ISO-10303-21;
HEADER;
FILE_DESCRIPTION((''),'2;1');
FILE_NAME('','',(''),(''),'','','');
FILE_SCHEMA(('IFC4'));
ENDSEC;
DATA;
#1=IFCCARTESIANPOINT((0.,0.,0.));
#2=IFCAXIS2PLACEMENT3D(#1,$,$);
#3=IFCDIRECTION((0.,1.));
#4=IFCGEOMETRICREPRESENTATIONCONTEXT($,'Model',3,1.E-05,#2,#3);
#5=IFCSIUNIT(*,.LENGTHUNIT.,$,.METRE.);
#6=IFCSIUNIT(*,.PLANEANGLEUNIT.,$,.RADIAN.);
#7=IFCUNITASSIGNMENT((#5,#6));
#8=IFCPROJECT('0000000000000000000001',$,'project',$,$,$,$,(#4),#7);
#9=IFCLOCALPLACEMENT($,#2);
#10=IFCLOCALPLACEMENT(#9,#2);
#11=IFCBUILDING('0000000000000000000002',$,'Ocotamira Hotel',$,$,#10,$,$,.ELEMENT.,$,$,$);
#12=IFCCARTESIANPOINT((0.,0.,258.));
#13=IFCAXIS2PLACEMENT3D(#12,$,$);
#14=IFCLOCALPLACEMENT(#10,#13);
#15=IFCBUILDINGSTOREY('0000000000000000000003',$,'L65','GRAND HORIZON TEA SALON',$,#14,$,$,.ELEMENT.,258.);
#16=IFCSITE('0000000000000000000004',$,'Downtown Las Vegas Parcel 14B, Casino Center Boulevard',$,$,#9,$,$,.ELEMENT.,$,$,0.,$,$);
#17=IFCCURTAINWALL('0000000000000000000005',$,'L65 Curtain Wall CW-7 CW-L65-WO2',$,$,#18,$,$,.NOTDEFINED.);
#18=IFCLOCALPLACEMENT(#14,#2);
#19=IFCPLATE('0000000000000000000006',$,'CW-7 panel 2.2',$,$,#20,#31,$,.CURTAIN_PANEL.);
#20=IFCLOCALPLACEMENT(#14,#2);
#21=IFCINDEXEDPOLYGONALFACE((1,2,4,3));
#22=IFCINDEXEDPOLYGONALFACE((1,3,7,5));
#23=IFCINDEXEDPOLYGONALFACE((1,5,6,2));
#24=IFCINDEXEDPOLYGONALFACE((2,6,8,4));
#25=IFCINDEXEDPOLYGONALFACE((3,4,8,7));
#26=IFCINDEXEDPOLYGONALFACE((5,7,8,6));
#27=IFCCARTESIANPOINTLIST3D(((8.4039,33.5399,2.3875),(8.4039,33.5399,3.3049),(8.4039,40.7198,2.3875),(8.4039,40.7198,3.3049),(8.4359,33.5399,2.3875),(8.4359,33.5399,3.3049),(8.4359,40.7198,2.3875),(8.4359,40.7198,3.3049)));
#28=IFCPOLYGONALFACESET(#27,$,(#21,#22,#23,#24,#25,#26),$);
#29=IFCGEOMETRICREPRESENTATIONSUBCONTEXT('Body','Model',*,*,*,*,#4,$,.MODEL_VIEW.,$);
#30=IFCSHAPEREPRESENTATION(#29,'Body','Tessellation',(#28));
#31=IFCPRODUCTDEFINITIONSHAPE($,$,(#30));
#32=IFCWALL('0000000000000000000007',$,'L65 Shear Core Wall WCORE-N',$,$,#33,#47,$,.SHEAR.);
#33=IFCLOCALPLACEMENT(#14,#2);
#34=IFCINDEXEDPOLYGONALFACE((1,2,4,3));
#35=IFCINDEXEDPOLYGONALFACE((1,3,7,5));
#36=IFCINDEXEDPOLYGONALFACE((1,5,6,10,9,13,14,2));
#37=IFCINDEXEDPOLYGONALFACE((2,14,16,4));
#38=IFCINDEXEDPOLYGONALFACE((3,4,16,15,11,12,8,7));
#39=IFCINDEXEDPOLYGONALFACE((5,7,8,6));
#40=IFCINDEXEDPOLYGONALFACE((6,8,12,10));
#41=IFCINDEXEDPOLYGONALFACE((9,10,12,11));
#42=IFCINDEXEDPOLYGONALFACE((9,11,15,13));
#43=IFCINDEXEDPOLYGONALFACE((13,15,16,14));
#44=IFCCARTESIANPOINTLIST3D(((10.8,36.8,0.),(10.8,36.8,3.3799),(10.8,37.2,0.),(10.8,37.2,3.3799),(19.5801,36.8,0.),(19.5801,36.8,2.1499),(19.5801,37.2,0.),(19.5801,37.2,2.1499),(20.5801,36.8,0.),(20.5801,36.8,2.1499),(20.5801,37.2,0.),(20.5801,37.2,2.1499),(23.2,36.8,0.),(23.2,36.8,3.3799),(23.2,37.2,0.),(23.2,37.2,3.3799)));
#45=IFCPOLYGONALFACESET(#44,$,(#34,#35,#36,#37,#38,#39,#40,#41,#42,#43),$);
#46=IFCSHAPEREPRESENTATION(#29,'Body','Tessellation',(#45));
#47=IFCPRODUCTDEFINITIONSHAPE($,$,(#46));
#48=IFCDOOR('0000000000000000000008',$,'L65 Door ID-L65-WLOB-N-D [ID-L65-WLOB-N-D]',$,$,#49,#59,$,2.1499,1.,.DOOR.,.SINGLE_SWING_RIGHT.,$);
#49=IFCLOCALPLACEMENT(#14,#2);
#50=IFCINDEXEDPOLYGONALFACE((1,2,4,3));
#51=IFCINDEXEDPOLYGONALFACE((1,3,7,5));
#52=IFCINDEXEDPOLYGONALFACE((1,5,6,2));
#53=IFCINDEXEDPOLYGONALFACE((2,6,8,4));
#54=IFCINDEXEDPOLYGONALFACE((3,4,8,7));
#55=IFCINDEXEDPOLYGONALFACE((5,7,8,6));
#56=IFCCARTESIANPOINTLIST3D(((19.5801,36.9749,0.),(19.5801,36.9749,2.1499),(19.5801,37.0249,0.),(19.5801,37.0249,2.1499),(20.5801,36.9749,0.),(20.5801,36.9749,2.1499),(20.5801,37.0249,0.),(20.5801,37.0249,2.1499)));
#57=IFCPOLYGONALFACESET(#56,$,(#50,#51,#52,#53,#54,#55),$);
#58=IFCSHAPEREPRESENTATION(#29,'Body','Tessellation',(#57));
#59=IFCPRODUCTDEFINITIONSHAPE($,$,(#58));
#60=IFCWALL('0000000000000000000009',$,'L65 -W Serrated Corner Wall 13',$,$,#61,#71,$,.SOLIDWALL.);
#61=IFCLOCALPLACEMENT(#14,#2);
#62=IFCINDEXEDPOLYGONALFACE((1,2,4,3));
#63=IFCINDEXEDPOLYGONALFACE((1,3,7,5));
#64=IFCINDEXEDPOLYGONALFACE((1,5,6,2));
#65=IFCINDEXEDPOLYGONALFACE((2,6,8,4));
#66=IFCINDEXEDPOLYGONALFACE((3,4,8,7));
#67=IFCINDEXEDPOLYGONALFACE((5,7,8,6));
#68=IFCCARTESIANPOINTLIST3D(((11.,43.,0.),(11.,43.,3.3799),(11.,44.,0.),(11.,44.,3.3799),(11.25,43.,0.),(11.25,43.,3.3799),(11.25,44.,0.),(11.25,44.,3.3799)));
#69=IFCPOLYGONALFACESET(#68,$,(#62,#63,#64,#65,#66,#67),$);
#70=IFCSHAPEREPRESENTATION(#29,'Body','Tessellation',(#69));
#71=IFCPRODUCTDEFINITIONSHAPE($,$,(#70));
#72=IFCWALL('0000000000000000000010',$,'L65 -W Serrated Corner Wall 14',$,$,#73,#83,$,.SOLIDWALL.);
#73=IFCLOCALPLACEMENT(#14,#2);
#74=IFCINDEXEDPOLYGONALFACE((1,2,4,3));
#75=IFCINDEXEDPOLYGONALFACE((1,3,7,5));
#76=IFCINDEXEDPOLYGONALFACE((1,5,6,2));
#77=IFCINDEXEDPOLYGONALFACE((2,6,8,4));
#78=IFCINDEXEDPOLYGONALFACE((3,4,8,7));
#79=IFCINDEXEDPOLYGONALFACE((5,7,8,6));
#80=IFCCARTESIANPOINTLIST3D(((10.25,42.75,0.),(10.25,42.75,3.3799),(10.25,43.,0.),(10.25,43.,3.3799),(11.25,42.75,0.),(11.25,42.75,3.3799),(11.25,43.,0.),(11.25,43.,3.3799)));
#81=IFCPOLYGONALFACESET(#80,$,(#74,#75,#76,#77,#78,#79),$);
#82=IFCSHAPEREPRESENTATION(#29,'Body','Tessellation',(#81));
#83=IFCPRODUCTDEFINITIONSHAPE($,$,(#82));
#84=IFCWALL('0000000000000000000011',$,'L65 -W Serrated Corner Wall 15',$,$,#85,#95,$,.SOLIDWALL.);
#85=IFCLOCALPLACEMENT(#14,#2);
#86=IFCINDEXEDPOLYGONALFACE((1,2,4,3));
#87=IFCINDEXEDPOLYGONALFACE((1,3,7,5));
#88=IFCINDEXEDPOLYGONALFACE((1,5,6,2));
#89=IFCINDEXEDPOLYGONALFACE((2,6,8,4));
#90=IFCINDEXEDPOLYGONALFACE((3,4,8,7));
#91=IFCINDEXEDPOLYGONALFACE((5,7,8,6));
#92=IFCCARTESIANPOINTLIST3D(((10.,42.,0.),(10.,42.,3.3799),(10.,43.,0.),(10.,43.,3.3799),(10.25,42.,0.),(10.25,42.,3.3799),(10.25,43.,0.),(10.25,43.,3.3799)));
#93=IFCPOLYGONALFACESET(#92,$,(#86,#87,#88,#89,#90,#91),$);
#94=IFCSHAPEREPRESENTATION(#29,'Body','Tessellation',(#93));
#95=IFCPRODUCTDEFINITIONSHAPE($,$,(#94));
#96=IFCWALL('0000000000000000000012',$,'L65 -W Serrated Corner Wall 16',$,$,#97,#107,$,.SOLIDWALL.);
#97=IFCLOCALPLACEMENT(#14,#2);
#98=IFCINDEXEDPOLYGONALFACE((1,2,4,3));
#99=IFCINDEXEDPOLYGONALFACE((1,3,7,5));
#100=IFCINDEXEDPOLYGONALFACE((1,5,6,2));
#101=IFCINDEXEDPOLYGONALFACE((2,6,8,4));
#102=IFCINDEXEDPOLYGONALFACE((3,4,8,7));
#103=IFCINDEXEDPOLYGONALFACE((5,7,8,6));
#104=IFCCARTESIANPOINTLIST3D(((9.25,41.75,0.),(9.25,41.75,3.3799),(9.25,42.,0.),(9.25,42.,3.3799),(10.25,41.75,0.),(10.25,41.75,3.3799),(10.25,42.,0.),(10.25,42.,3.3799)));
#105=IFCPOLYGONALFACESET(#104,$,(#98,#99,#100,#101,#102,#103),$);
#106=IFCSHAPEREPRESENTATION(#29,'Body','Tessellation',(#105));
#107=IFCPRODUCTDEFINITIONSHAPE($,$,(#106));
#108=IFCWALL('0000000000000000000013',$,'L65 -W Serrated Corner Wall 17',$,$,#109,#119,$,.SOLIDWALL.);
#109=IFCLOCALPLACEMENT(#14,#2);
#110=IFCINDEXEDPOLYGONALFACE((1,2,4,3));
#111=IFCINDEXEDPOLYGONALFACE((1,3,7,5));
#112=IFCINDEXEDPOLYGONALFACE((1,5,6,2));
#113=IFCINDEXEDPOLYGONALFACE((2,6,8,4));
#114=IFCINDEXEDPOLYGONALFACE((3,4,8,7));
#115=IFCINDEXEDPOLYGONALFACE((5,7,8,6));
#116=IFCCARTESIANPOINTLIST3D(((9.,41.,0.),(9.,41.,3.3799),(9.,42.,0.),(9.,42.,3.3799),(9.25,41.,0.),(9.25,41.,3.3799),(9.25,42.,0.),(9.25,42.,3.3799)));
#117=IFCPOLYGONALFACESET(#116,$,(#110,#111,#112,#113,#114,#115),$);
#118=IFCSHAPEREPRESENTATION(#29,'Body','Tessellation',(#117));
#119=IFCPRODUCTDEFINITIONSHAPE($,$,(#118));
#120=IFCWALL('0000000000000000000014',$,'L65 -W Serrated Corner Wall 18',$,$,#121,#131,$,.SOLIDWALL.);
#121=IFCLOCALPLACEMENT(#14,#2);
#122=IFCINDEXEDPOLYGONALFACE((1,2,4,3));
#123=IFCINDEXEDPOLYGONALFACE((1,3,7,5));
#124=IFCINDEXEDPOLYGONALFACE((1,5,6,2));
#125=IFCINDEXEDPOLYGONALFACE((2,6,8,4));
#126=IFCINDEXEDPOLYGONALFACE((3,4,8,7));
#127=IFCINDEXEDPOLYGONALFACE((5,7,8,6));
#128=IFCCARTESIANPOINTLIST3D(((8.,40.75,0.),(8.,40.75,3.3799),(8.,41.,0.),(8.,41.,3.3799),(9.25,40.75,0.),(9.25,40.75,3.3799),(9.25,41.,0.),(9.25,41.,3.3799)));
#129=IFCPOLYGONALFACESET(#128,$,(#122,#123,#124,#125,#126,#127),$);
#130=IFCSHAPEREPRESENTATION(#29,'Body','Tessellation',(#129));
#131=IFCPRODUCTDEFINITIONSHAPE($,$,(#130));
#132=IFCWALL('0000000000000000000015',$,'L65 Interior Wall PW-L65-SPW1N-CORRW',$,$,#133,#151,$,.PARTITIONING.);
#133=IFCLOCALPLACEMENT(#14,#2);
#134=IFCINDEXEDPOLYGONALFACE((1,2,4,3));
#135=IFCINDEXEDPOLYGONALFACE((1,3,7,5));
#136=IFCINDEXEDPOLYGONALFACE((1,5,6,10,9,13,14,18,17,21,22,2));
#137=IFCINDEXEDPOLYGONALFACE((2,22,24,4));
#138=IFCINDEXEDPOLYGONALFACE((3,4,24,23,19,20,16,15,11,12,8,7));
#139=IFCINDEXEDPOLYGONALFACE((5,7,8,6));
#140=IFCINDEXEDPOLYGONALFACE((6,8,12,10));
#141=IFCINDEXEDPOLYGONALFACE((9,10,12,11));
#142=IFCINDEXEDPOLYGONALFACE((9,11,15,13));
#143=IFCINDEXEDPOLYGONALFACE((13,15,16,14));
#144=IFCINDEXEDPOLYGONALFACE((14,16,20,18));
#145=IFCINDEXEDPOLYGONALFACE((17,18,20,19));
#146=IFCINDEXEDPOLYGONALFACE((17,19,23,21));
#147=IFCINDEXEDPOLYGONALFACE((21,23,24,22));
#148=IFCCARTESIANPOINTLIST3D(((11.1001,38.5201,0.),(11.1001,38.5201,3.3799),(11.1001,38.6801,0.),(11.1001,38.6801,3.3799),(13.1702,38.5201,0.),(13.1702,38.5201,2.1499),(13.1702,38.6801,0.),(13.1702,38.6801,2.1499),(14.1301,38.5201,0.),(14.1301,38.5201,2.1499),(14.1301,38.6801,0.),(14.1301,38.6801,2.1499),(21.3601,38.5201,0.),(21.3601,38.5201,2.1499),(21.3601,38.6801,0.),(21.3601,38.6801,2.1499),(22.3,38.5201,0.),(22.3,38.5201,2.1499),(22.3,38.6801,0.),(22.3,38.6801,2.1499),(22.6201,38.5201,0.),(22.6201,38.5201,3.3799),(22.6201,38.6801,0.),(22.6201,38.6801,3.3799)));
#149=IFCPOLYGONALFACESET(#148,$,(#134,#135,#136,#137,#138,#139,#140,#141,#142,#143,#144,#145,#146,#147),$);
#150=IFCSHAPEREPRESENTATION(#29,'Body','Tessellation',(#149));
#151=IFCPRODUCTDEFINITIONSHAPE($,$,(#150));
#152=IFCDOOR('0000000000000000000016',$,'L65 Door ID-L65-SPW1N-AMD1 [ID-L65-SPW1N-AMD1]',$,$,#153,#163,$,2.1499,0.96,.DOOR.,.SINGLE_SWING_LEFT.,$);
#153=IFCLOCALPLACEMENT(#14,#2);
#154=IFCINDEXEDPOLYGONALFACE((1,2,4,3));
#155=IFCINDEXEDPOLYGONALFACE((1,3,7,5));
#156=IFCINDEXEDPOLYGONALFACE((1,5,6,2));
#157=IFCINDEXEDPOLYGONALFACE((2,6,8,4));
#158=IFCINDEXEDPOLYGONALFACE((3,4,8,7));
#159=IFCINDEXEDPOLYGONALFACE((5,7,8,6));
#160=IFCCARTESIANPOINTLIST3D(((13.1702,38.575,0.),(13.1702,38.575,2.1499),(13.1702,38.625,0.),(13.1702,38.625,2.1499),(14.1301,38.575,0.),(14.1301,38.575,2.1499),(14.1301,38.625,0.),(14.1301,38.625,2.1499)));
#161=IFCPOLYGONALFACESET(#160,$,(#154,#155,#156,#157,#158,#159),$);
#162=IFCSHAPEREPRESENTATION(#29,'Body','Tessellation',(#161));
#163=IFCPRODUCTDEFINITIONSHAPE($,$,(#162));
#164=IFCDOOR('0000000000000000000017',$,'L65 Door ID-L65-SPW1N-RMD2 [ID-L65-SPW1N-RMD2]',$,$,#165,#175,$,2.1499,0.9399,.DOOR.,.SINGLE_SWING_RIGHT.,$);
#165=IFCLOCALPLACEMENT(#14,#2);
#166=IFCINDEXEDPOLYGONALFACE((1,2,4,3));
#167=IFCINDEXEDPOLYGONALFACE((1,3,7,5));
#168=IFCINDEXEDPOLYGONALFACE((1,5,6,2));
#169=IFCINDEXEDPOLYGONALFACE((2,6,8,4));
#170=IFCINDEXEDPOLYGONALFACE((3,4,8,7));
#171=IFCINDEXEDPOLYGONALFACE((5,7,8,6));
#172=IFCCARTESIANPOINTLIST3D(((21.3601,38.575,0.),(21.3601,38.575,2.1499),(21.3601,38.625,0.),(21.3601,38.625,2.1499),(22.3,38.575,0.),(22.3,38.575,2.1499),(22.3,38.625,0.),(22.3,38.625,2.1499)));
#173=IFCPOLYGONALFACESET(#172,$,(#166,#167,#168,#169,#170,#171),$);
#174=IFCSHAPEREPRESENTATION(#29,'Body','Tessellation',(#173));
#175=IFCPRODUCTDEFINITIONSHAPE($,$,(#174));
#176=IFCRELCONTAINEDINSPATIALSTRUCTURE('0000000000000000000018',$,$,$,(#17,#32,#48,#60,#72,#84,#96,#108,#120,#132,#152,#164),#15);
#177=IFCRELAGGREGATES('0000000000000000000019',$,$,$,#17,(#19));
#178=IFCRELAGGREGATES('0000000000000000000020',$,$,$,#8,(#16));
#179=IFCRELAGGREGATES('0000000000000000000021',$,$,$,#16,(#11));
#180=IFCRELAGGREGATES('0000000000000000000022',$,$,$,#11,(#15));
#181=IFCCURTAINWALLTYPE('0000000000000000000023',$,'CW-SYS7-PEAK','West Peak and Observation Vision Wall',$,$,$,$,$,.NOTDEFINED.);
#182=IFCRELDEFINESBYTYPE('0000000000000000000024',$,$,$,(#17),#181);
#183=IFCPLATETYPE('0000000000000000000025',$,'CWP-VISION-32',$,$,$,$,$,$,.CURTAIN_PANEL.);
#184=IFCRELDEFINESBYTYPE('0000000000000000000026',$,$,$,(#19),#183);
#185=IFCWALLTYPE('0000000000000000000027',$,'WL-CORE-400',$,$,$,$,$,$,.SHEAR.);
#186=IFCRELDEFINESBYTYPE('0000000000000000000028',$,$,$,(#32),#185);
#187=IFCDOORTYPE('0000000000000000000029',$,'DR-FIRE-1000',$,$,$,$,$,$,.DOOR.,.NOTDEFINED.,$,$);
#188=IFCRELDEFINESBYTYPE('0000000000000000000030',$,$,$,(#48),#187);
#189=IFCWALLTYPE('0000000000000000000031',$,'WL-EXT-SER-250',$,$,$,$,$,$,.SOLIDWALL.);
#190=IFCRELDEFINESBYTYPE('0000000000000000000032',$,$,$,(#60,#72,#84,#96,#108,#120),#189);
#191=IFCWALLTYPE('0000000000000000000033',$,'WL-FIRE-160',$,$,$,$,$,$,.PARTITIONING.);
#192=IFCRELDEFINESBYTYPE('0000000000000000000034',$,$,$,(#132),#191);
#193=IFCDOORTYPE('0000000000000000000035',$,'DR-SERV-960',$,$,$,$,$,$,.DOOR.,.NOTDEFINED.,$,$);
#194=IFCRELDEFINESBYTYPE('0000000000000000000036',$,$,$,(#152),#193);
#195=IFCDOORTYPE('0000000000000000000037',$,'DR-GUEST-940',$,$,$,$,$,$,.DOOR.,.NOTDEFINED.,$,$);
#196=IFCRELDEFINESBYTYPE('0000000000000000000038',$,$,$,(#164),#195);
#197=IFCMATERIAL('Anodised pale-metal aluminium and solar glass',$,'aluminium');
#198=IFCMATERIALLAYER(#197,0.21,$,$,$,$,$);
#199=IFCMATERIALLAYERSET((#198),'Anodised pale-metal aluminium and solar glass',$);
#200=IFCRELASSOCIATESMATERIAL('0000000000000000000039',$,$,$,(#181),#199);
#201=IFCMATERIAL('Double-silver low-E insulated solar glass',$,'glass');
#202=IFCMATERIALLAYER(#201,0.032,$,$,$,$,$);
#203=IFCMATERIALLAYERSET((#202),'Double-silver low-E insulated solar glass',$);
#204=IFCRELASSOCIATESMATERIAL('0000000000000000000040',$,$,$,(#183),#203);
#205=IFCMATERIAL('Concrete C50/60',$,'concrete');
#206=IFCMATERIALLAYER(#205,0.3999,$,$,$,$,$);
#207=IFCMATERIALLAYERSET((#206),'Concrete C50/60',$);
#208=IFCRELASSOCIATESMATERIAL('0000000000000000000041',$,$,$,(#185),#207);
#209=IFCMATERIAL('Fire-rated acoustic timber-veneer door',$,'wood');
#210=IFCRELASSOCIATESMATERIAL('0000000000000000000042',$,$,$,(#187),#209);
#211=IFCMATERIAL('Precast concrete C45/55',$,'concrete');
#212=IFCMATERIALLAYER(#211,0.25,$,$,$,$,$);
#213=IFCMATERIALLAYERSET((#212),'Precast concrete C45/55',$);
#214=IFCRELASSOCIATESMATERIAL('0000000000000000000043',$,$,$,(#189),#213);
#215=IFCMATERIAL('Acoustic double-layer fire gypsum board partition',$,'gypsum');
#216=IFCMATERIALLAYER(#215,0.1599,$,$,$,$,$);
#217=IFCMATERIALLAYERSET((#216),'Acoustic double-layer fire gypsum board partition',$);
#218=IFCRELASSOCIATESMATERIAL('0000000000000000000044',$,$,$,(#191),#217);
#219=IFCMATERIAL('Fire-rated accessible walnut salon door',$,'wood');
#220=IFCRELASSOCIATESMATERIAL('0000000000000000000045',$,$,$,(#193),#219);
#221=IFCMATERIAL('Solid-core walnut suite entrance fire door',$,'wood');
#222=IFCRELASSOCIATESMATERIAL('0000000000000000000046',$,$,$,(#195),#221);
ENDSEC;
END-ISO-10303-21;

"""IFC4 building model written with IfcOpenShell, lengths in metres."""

from ifc_helpers import new_model, si_unit, direction, frame, frame_2d, origin, origin_2d, place, context, subcontext, project, spatial, rectangle, extrude, source, transform, mapped, material, layer, layer_set, type_object, element, fill, aggregate, save


model = new_model("IFC4")

# Units and contexts
model_context = context("Model", 3, precision=1e-05, world=origin(), true_north=direction((0.0, 1.0)))
body_context = subcontext(model_context, "Body", "Model", "MODEL_VIEW")
ifc_project = project(units=[si_unit("LENGTHUNIT", "METRE"), si_unit("PLANEANGLEUNIT", "RADIAN")], contexts=[model_context])

# Site, building, storey
site_placement = place(None, origin())
site = spatial("IfcSite", under=ifc_project, at=site_placement, Name="Downtown Las Vegas Parcel 14B, Casino Center Boulevard", CompositionType="ELEMENT", RefElevation=0.0)
building_placement = place(site_placement, origin())
building = spatial("IfcBuilding", under=site, at=building_placement, Name="Ocotamira Hotel", CompositionType="ELEMENT")
storey_placement = place(building_placement, frame((0.0, 0.0, 258.0)))
storey = spatial("IfcBuildingStorey", under=building, at=storey_placement, Name="L65", Description="GRAND HORIZON TEA SALON", CompositionType="ELEMENT", Elevation=258.0)

# Curtain wall
ifc_material_1 = material(Name="Anodised pale-metal aluminium and solar glass", Category="aluminium")
ifc_layer_1 = layer(ifc_material_1, 0.21)
ifc_layer_set_1 = layer_set([ifc_layer_1], Name="Anodised pale-metal aluminium and solar glass")
curtain_wall_type = type_object("IfcCurtainWallType", Name="CW-SYS7-PEAK", Description="West Peak and Observation Vision Wall", PredefinedType="NOTDEFINED", material=ifc_layer_set_1)
curtain_wall_1_placement = place(storey_placement, origin())
curtain_wall_1 = element("IfcCurtainWall", 1, at=curtain_wall_1_placement, inside=storey, type_object=curtain_wall_type, Name="L65 Curtain Wall CW-7 CW-L65-WO2", PredefinedType="NOTDEFINED")

# Plate
ifc_material_2 = material(Name="Double-silver low-E insulated solar glass", Category="glass")
ifc_layer_2 = layer(ifc_material_2, 0.032)
ifc_layer_set_2 = layer_set([ifc_layer_2], Name="Double-silver low-E insulated solar glass")
plate_type = type_object("IfcPlateType", Name="CWP-VISION-32", PredefinedType="CURTAIN_PANEL", material=ifc_layer_set_2)
shared_shape_1 = source(origin(), body_context, "Body", "SweptSolid", [
    extrude(rectangle(XDim=7.1799, YDim=0.032, at=origin_2d()), origin(), (0.0, 0.0, 1.0), 0.9175),
])
plate_1_placement = place(storey_placement, frame((8.4199, 37.1299, 2.3875), z_axis=(0.0, 0.0, 1.0), x_axis=(0.0, 1.0, 0.0)))
plate_1 = element("IfcPlate", 2, at=plate_1_placement, type_object=plate_type, Name="CW-7 panel 2.2", PredefinedType="CURTAIN_PANEL", context=body_context, shape_type="MappedRepresentation", body=[
    mapped(shared_shape_1, transform((0.0, 0.0, 0.0), scale=1.0)),
])
aggregate(curtain_wall_1, [plate_1])

# Wall, opening, door
ifc_material_3 = material(Name="Concrete C50/60", Category="concrete")
ifc_layer_3 = layer(ifc_material_3, 0.3999)
ifc_layer_set_3 = layer_set([ifc_layer_3], Name="Concrete C50/60")
wall_type_1 = type_object("IfcWallType", Name="WL-CORE-400", PredefinedType="SHEAR", material=ifc_layer_set_3)
wall_1_placement = place(storey_placement, frame((10.8, 37.0, 0.0), z_axis=(0.0, 0.0, 1.0), x_axis=(1.0, 0.0, 0.0)))
wall_1 = element("IfcWall", 3, at=wall_1_placement, inside=storey, type_object=wall_type_1, Name="L65 Shear Core Wall WCORE-N", PredefinedType="SHEAR", context=body_context, shape_type="SweptSolid", body=[
    extrude(rectangle(XDim=12.3999, YDim=0.3999, at=frame_2d((6.2, 0.0))), origin(), (0.0, 0.0, 1.0), 3.3799),
])
opening_1_placement = place(wall_1_placement, frame((8.78, 0.0, 0.0)))
opening_1 = element("IfcOpeningElement", 4, at=opening_1_placement, cuts=wall_1, PredefinedType="OPENING", context=body_context, shape_type="SweptSolid", body=[
    extrude(rectangle(XDim=1.0, YDim=2.1499, at=frame_2d((0.5, 1.075))), frame((0.0, 0.21, 0.0), z_axis=(0.0, -1.0, 0.0), x_axis=(1.0, 0.0, 0.0)), (0.0, 0.0, 1.0), 0.4199),
])
ifc_material_4 = material(Name="Fire-rated acoustic timber-veneer door", Category="wood")
door_type_1 = type_object("IfcDoorType", Name="DR-FIRE-1000", OperationType="NOTDEFINED", PredefinedType="DOOR", material=ifc_material_4)
shared_shape_2 = source(origin(), body_context, "Body", "SweptSolid", [
    extrude(rectangle(XDim=1.0, YDim=2.1499, at=frame_2d((0.5, 1.075))), frame((0.0, 0.0249, 0.0), z_axis=(0.0, -1.0, 0.0), x_axis=(1.0, 0.0, 0.0)), (0.0, 0.0, 1.0), 0.05),
])
door_1_placement = place(opening_1_placement, origin())
door_1 = element("IfcDoor", 5, at=door_1_placement, inside=storey, type_object=door_type_1, Name="L65 Door ID-L65-WLOB-N-D [ID-L65-WLOB-N-D]", OperationType="SINGLE_SWING_RIGHT", OverallHeight=2.1499, OverallWidth=1.0, PredefinedType="DOOR", context=body_context, shape_type="MappedRepresentation", body=[
    mapped(shared_shape_2, transform((0.0, 0.0, 0.0), scale=1.0)),
])
fill(opening_1, door_1)

# Walls
ifc_material_5 = material(Name="Precast concrete C45/55", Category="concrete")
ifc_layer_4 = layer(ifc_material_5, 0.25)
ifc_layer_set_4 = layer_set([ifc_layer_4], Name="Precast concrete C45/55")
wall_type_2 = type_object("IfcWallType", Name="WL-EXT-SER-250", PredefinedType="SOLIDWALL", material=ifc_layer_set_4)
for number, where, z_axis, x_axis, name in (
    (6, (11.125, 44.0, 0.0), (0.0, 0.0, 1.0), (0.0, -1.0, 0.0), "L65 -W Serrated Corner Wall 13"),
    (7, (11.25, 42.875, 0.0), (0.0, 0.0, 1.0), (-1.0, 0.0, 0.0), "L65 -W Serrated Corner Wall 14"),
    (8, (10.125, 43.0, 0.0), (0.0, 0.0, 1.0), (0.0, -1.0, 0.0), "L65 -W Serrated Corner Wall 15"),
    (9, (10.25, 41.875, 0.0), (0.0, 0.0, 1.0), (-1.0, 0.0, 0.0), "L65 -W Serrated Corner Wall 16"),
    (10, (9.125, 42.0, 0.0), (0.0, 0.0, 1.0), (0.0, -1.0, 0.0), "L65 -W Serrated Corner Wall 17"),
):
    element("IfcWall", number, at=place(storey_placement, frame(where, z_axis=z_axis, x_axis=x_axis)), inside=storey, type_object=wall_type_2, Name=name, PredefinedType="SOLIDWALL", context=body_context, shape_type="SweptSolid", body=[
        extrude(rectangle(XDim=1.0, YDim=0.25, at=frame_2d((0.5, 0.0))), origin(), (0.0, 0.0, 1.0), 3.3799),
    ])
wall_2_placement = place(storey_placement, frame((9.25, 40.875, 0.0), z_axis=(0.0, 0.0, 1.0), x_axis=(-1.0, 0.0, 0.0)))
element("IfcWall", 11, at=wall_2_placement, inside=storey, type_object=wall_type_2, Name="L65 -W Serrated Corner Wall 18", PredefinedType="SOLIDWALL", context=body_context, shape_type="SweptSolid", body=[
    extrude(rectangle(XDim=1.25, YDim=0.25, at=frame_2d((0.625, 0.0))), origin(), (0.0, 0.0, 1.0), 3.3799),
])

# Wall, openings, doors
ifc_material_6 = material(Name="Acoustic double-layer fire gypsum board partition", Category="gypsum")
ifc_layer_5 = layer(ifc_material_6, 0.1599)
ifc_layer_set_5 = layer_set([ifc_layer_5], Name="Acoustic double-layer fire gypsum board partition")
wall_type_3 = type_object("IfcWallType", Name="WL-FIRE-160", PredefinedType="PARTITIONING", material=ifc_layer_set_5)
wall_3_placement = place(storey_placement, frame((11.1001, 38.6001, 0.0), z_axis=(0.0, 0.0, 1.0), x_axis=(1.0, 0.0, 0.0)))
wall_3 = element("IfcWall", 12, at=wall_3_placement, inside=storey, type_object=wall_type_3, Name="L65 Interior Wall PW-L65-SPW1N-CORRW", PredefinedType="PARTITIONING", context=body_context, shape_type="SweptSolid", body=[
    extrude(rectangle(XDim=11.52, YDim=0.1599, at=frame_2d((5.76, 0.0))), origin(), (0.0, 0.0, 1.0), 3.3799),
])
opening_2_placement = place(wall_3_placement, frame((2.0701, 0.0, 0.0)))
opening_2 = element("IfcOpeningElement", 13, at=opening_2_placement, cuts=wall_3, PredefinedType="OPENING", context=body_context, shape_type="SweptSolid", body=[
    extrude(rectangle(XDim=0.96, YDim=2.1499, at=frame_2d((0.48, 1.075))), frame((0.0, 0.0898, 0.0), z_axis=(0.0, -1.0, 0.0), x_axis=(1.0, 0.0, 0.0)), (0.0, 0.0, 1.0), 0.1799),
])
opening_3_placement = place(wall_3_placement, frame((10.26, 0.0, 0.0)))
opening_3 = element("IfcOpeningElement", 14, at=opening_3_placement, cuts=wall_3, PredefinedType="OPENING", context=body_context, shape_type="SweptSolid", body=[
    extrude(rectangle(XDim=0.9399, YDim=2.1499, at=frame_2d((0.47, 1.075))), frame((0.0, 0.0898, 0.0), z_axis=(0.0, -1.0, 0.0), x_axis=(1.0, 0.0, 0.0)), (0.0, 0.0, 1.0), 0.1799),
])
ifc_material_7 = material(Name="Fire-rated accessible walnut salon door", Category="wood")
door_type_2 = type_object("IfcDoorType", Name="DR-SERV-960", OperationType="NOTDEFINED", PredefinedType="DOOR", material=ifc_material_7)
shared_shape_3 = source(origin(), body_context, "Body", "SweptSolid", [
    extrude(rectangle(XDim=0.96, YDim=2.1499, at=frame_2d((0.48, 1.075))), frame((0.0, 0.0249, 0.0), z_axis=(0.0, -1.0, 0.0), x_axis=(1.0, 0.0, 0.0)), (0.0, 0.0, 1.0), 0.05),
])
door_2_placement = place(opening_2_placement, origin())
door_2 = element("IfcDoor", 15, at=door_2_placement, inside=storey, type_object=door_type_2, Name="L65 Door ID-L65-SPW1N-AMD1 [ID-L65-SPW1N-AMD1]", OperationType="SINGLE_SWING_LEFT", OverallHeight=2.1499, OverallWidth=0.96, PredefinedType="DOOR", context=body_context, shape_type="MappedRepresentation", body=[
    mapped(shared_shape_3, transform((0.0, 0.0, 0.0), scale=1.0)),
])
fill(opening_2, door_2)
ifc_material_8 = material(Name="Solid-core walnut suite entrance fire door", Category="wood")
door_type_3 = type_object("IfcDoorType", Name="DR-GUEST-940", OperationType="NOTDEFINED", PredefinedType="DOOR", material=ifc_material_8)
shared_shape_4 = source(origin(), body_context, "Body", "SweptSolid", [
    extrude(rectangle(XDim=0.9399, YDim=2.1499, at=frame_2d((0.47, 1.075))), frame((0.0, 0.0249, 0.0), z_axis=(0.0, -1.0, 0.0), x_axis=(1.0, 0.0, 0.0)), (0.0, 0.0, 1.0), 0.05),
])
door_3_placement = place(opening_3_placement, origin())
door_3 = element("IfcDoor", 16, at=door_3_placement, inside=storey, type_object=door_type_3, Name="L65 Door ID-L65-SPW1N-RMD2 [ID-L65-SPW1N-RMD2]", OperationType="SINGLE_SWING_RIGHT", OverallHeight=2.1499, OverallWidth=0.9399, PredefinedType="DOOR", context=body_context, shape_type="MappedRepresentation", body=[
    mapped(shared_shape_4, transform((0.0, 0.0, 0.0), scale=1.0)),
])
fill(opening_3, door_3)

save(model, "model.ifc")
